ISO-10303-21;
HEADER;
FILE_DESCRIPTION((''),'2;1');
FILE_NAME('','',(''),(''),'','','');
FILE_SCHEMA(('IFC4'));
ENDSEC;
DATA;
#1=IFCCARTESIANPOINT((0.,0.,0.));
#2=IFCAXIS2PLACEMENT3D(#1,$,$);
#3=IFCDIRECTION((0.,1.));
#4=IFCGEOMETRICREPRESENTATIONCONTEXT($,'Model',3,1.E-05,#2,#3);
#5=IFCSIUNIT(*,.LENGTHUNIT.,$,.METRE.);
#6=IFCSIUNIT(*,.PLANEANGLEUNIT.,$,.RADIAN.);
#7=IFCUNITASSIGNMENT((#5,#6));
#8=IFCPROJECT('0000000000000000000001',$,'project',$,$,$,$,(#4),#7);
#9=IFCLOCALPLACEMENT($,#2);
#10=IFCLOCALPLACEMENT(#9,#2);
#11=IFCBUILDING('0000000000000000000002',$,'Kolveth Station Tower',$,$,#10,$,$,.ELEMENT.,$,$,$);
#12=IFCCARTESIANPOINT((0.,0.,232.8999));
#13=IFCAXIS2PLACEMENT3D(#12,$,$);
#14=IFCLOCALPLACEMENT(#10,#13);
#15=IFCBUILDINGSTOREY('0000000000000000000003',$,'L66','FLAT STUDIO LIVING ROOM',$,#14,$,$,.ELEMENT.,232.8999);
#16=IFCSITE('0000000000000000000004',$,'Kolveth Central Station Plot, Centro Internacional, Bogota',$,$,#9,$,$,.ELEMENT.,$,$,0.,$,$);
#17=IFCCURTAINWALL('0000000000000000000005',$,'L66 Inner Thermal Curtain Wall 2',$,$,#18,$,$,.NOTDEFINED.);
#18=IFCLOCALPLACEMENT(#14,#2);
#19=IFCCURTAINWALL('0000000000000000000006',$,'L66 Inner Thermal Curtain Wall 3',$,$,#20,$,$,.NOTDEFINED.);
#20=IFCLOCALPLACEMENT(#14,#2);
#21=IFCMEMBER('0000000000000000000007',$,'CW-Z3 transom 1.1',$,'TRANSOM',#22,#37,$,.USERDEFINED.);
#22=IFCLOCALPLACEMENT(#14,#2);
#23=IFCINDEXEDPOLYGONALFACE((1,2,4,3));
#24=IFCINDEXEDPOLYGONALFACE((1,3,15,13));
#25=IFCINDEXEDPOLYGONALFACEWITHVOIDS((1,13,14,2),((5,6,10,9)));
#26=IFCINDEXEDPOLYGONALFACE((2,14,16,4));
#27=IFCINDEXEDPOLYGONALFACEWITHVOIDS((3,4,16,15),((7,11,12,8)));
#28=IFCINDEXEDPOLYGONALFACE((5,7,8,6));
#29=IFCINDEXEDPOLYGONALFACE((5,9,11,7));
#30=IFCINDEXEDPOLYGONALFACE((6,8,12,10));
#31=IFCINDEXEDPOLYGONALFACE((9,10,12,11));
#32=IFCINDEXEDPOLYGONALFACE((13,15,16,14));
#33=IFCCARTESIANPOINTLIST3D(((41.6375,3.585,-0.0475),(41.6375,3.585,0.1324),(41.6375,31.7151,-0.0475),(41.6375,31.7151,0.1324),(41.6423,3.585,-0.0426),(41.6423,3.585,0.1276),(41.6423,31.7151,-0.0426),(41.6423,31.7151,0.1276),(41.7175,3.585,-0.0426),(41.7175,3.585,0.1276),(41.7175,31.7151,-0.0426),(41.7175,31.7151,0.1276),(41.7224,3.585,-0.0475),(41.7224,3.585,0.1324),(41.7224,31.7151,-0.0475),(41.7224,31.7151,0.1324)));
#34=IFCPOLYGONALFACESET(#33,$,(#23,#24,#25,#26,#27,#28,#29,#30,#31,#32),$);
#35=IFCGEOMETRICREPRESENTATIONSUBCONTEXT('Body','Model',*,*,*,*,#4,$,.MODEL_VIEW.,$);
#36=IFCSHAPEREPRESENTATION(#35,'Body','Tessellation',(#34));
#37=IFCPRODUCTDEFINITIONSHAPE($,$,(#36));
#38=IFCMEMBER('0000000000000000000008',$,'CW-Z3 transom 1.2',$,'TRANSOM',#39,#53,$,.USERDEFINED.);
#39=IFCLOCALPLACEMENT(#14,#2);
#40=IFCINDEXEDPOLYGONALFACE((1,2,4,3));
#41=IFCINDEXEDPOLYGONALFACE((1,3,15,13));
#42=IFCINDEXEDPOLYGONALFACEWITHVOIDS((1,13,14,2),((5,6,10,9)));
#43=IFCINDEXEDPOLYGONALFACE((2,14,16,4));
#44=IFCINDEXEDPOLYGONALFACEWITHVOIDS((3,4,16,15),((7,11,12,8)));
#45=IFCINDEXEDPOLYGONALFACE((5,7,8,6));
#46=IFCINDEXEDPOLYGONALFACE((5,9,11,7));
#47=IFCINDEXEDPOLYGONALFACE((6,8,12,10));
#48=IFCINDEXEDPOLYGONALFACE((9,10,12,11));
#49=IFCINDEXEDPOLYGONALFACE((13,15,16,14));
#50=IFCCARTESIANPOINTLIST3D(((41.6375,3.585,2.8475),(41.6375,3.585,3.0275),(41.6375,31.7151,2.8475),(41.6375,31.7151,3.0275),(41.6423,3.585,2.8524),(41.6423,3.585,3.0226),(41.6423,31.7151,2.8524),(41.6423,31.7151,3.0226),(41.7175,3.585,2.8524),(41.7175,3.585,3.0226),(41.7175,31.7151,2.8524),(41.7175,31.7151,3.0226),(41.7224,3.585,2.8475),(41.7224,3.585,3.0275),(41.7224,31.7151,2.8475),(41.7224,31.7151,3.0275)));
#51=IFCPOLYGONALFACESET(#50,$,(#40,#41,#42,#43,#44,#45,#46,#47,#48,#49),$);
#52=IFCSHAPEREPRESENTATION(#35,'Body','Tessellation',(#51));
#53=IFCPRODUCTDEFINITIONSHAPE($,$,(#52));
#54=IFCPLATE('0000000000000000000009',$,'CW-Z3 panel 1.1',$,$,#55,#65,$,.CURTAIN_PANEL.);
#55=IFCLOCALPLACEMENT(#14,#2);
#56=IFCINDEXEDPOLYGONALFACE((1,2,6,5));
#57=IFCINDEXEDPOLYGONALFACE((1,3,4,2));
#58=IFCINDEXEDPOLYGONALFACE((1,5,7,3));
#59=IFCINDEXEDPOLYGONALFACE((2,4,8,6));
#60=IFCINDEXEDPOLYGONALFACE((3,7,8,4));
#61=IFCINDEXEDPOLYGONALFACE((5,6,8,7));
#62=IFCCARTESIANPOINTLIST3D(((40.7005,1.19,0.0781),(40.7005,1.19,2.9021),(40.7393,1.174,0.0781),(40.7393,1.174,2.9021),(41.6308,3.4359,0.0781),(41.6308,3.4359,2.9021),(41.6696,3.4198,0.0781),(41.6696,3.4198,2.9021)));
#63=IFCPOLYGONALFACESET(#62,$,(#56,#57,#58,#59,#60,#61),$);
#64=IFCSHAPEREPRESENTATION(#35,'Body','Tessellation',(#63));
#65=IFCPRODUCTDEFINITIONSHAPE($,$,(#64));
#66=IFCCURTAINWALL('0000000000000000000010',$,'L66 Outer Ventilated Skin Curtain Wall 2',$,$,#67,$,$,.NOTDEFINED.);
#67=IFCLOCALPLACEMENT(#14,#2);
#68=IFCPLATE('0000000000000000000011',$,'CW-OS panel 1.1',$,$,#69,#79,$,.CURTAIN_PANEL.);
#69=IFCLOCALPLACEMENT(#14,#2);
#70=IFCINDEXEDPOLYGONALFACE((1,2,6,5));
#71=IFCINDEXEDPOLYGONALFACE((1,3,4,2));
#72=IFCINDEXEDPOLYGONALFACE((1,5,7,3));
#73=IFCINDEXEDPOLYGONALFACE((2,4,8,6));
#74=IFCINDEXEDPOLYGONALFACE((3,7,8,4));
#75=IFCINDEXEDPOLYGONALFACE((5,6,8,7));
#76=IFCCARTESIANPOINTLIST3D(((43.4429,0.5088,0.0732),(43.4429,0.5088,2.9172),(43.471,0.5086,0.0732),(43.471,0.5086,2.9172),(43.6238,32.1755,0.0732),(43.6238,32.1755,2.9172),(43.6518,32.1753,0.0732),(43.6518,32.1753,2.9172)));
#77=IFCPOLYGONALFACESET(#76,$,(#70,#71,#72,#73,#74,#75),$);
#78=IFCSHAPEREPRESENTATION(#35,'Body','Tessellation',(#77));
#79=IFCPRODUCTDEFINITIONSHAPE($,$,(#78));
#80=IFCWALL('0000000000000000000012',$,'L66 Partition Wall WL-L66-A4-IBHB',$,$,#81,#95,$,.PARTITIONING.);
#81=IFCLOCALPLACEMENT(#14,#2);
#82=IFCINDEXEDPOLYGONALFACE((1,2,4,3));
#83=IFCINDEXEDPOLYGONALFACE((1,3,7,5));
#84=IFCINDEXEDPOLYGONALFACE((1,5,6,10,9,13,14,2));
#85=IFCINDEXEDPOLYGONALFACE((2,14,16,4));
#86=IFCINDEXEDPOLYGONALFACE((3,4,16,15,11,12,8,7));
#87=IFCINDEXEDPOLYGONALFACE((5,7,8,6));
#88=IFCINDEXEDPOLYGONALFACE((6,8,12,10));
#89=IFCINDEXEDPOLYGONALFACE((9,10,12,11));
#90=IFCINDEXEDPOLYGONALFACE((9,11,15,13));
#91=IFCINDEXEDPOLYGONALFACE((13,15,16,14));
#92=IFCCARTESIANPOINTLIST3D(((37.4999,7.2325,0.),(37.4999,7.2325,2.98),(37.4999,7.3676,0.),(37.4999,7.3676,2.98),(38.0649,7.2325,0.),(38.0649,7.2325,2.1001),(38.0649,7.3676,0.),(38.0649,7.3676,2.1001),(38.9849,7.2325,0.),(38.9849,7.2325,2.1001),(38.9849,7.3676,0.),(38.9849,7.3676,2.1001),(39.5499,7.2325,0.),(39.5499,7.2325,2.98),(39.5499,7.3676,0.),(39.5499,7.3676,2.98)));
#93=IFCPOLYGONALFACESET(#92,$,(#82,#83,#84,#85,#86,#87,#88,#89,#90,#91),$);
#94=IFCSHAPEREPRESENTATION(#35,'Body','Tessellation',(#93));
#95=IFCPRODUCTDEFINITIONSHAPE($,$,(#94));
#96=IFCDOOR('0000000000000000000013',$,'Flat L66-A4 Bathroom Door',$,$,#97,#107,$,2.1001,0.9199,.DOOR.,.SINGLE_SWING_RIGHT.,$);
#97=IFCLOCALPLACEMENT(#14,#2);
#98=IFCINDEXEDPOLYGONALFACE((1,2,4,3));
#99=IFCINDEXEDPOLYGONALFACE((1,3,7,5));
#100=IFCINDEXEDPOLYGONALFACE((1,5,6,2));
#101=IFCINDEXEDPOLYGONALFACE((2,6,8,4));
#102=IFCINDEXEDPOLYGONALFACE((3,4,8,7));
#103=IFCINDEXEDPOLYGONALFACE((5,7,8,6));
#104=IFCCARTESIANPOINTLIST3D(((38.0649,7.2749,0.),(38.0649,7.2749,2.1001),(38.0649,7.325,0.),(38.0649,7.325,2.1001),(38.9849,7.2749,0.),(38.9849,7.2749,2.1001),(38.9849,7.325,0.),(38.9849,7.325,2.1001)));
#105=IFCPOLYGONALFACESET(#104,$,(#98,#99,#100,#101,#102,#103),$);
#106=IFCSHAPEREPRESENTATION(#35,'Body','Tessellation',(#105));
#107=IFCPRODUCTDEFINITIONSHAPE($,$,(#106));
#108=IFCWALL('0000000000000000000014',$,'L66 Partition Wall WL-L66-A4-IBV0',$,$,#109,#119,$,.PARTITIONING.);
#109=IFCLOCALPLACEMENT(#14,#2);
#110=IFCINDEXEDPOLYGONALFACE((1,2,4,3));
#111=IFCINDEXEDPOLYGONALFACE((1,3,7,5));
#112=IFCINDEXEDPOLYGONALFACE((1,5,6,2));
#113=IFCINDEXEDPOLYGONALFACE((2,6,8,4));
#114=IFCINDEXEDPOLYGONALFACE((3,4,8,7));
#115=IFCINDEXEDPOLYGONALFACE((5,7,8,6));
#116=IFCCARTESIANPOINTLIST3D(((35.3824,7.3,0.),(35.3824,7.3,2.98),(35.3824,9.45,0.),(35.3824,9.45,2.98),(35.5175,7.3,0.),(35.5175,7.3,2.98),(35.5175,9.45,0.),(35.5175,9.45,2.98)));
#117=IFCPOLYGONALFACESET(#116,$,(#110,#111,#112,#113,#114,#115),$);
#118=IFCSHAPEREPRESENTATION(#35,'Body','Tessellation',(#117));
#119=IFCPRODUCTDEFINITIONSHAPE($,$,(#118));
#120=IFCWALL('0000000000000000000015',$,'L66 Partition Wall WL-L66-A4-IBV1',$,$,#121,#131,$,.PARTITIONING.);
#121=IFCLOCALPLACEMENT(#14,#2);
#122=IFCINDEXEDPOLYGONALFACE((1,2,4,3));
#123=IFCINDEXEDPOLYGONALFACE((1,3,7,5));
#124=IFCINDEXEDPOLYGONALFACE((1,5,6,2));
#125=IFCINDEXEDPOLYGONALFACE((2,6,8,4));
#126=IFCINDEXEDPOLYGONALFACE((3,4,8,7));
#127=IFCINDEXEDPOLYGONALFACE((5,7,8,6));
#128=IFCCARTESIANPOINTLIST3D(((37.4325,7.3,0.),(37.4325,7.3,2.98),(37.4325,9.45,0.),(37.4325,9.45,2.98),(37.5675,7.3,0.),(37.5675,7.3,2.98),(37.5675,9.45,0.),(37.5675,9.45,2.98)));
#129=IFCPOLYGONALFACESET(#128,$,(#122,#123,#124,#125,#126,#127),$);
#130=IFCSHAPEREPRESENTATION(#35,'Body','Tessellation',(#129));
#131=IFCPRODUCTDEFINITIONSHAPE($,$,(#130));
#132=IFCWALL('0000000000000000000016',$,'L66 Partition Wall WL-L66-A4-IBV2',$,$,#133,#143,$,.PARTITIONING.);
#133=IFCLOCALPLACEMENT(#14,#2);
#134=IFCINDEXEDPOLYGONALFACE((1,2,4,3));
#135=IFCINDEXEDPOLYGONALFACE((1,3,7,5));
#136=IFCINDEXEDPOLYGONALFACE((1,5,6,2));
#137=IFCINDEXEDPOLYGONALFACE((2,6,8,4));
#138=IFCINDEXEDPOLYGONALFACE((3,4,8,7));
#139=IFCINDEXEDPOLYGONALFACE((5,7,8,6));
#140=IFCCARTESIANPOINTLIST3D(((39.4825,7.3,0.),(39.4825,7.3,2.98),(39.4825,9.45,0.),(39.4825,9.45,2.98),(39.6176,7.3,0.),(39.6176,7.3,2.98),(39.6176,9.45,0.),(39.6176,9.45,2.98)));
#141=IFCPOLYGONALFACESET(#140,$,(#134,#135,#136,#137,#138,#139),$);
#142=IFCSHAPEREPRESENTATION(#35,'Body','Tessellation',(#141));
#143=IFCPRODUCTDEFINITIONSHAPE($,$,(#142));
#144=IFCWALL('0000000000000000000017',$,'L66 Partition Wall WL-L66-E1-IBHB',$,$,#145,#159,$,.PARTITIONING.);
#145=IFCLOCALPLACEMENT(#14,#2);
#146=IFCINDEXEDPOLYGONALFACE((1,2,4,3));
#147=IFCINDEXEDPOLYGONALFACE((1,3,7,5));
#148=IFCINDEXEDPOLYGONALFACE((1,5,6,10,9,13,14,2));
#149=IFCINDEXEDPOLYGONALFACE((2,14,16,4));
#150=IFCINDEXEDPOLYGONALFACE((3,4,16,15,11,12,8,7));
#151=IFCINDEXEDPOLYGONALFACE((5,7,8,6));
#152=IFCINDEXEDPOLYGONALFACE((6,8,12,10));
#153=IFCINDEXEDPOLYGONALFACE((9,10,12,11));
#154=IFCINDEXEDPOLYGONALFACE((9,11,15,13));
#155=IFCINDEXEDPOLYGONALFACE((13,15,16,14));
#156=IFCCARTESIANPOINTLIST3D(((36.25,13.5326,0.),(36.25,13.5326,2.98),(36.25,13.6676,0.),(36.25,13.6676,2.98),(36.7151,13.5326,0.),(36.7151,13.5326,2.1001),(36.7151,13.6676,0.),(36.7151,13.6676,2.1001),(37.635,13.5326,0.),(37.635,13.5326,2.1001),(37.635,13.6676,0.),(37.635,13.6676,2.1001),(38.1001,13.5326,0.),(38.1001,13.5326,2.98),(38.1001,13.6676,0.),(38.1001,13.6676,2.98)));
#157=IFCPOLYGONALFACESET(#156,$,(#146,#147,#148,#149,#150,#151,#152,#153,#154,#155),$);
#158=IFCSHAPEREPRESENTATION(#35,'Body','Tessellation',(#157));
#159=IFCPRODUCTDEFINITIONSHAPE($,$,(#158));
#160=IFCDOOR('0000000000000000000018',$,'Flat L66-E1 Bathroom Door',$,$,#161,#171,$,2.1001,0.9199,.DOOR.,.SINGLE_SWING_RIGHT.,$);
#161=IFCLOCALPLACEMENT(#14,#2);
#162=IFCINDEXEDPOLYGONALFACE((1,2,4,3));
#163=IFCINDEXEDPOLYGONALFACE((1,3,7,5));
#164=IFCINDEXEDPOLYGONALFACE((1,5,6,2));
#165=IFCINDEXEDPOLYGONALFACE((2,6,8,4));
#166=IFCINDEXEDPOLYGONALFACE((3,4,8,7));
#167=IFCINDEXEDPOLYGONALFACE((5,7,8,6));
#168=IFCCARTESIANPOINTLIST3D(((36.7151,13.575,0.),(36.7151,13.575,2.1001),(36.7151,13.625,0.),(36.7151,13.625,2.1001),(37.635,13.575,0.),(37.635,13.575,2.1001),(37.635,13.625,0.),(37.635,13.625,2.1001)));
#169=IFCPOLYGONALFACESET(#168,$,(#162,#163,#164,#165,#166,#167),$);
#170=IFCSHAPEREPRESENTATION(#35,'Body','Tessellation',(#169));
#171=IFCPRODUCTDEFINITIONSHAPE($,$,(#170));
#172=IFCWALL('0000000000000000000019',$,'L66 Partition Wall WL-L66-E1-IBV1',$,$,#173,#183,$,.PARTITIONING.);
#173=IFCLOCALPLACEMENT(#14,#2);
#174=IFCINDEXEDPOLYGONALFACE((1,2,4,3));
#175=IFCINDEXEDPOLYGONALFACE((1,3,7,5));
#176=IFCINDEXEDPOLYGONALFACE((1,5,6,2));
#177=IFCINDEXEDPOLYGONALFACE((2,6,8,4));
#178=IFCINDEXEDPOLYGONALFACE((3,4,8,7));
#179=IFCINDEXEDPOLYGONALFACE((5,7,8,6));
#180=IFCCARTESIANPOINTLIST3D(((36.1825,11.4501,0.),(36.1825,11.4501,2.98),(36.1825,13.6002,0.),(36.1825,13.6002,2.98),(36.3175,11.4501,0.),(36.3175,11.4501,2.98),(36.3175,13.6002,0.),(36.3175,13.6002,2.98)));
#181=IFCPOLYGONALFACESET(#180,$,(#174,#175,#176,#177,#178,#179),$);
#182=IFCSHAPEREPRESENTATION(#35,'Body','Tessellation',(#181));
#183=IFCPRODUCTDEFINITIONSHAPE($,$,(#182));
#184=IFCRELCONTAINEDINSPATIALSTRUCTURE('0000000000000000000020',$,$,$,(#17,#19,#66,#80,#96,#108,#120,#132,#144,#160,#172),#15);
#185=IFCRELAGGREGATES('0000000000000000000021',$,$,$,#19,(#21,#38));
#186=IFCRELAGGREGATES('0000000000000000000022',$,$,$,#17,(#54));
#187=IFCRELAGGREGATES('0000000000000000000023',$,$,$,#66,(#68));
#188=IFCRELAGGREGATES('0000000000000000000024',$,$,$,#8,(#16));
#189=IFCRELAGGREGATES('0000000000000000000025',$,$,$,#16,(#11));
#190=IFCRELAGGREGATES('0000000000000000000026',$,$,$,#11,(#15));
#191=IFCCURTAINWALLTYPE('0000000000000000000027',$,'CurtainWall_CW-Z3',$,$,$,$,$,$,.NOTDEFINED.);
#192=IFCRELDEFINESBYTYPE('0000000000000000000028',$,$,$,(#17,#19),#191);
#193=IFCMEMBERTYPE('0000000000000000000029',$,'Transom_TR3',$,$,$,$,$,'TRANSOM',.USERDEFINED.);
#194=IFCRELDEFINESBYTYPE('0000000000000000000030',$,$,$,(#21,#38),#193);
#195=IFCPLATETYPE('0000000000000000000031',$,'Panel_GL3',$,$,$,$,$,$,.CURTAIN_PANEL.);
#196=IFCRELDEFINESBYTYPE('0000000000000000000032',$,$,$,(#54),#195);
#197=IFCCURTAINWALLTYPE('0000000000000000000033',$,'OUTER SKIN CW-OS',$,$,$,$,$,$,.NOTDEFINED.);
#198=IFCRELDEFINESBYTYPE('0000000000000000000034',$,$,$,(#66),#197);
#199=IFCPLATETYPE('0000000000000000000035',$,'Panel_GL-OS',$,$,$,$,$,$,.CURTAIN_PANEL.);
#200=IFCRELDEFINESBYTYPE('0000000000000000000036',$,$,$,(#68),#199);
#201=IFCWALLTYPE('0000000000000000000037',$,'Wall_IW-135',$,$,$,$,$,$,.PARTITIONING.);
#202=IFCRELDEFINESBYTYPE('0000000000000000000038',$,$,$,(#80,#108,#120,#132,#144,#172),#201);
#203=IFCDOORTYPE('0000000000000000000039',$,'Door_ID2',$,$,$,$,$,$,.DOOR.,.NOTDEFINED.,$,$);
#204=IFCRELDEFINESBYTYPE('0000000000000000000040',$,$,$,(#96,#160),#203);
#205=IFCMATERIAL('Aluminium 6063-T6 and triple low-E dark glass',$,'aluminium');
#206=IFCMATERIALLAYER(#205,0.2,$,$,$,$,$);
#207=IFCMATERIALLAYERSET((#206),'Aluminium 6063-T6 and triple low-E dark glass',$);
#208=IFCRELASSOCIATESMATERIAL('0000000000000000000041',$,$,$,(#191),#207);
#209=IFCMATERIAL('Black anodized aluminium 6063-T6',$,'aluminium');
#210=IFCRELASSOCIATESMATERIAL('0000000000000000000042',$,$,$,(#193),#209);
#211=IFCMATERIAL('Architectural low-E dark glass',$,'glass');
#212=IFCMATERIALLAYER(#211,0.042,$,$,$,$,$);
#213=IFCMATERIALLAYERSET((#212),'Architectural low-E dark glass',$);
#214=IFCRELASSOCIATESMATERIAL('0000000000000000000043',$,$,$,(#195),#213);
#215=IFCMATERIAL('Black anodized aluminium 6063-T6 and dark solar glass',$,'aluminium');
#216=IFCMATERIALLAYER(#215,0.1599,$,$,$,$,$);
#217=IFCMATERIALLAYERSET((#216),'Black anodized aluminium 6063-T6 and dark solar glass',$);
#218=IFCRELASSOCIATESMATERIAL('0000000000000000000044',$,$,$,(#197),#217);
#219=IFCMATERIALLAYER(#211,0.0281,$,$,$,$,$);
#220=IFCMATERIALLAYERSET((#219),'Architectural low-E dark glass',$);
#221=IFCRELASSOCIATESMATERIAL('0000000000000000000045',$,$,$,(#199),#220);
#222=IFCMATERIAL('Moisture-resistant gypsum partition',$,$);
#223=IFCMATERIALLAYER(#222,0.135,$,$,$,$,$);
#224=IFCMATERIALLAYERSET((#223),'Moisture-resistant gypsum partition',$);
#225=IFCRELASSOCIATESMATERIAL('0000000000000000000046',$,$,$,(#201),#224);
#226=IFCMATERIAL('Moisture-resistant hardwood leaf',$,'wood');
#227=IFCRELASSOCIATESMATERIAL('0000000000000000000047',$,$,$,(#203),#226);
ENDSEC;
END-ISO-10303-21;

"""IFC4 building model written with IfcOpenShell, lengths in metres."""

from ifc_helpers import new_model, si_unit, direction, frame, frame_2d, origin, origin_2d, place, context, subcontext, project, spatial, rectangle, hollow_rectangle, extrude, source, transform, mapped, material, layer, layer_set, material_profile, profile_set, type_object, element, fill, aggregate, save


model = new_model("IFC4")

# Units and contexts
model_context = context("Model", 3, precision=1e-05, world=origin(), true_north=direction((0.0, 1.0)))
body_context = subcontext(model_context, "Body", "Model", "MODEL_VIEW")
ifc_project = project(units=[si_unit("LENGTHUNIT", "METRE"), si_unit("PLANEANGLEUNIT", "RADIAN")], contexts=[model_context])

# Site, building, storey
site_placement = place(None, origin())
site = spatial("IfcSite", under=ifc_project, at=site_placement, Name="Kolveth Central Station Plot, Centro Internacional, Bogota", CompositionType="ELEMENT", RefElevation=0.0)
building_placement = place(site_placement, origin())
building = spatial("IfcBuilding", under=site, at=building_placement, Name="Kolveth Station Tower", CompositionType="ELEMENT")
storey_placement = place(building_placement, frame((0.0, 0.0, 232.8999)))
storey = spatial("IfcBuildingStorey", under=building, at=storey_placement, Name="L66", Description="FLAT STUDIO LIVING ROOM", CompositionType="ELEMENT", Elevation=232.8999)

# Curtain walls
ifc_material_1 = material(Name="Aluminium 6063-T6 and triple low-E dark glass", Category="aluminium")
ifc_layer_1 = layer(ifc_material_1, 0.2)
ifc_layer_set_1 = layer_set([ifc_layer_1], Name="Aluminium 6063-T6 and triple low-E dark glass")
curtain_wall_type_1 = type_object("IfcCurtainWallType", Name="CurtainWall_CW-Z3", PredefinedType="NOTDEFINED", material=ifc_layer_set_1)
curtain_wall_1_placement = place(storey_placement, origin())
curtain_wall_1 = element("IfcCurtainWall", 1, at=curtain_wall_1_placement, inside=storey, type_object=curtain_wall_type_1, Name="L66 Inner Thermal Curtain Wall 2", PredefinedType="NOTDEFINED")
ifc_material_2 = material(Name="Black anodized aluminium 6063-T6", Category="aluminium")
curtain_wall_2_placement = place(storey_placement, origin())
curtain_wall_2 = element("IfcCurtainWall", 2, at=curtain_wall_2_placement, inside=storey, type_object=curtain_wall_type_1, Name="L66 Inner Thermal Curtain Wall 3", PredefinedType="NOTDEFINED")

# Members
ifc_material_profile_1 = material_profile(ifc_material_2, hollow_rectangle(XDim=0.085, YDim=0.1799, WallThickness=0.0049, at=origin_2d()), Name="ALU-85x180x5")
ifc_profile_set_1 = profile_set([ifc_material_profile_1], Name="Black anodized aluminium 6063-T6")
member_type_1 = type_object("IfcMemberType", Name="Transom_TR3", ElementType="TRANSOM", PredefinedType="USERDEFINED", material=ifc_profile_set_1)
shared_shape_1 = source(origin(), body_context, "Body", "SweptSolid", [
    extrude(hollow_rectangle(XDim=0.085, YDim=0.1799, WallThickness=0.0049, at=origin_2d()), origin(), (0.0, 0.0, 1.0), 28.1301),
])
member_1_placement = place(storey_placement, frame((41.6799, 3.585, 0.0425), z_axis=(0.0, 1.0, 0.0), x_axis=(-1.0, 0.0, 0.0)))
member_1 = element("IfcMember", 3, at=member_1_placement, type_object=member_type_1, Name="CW-Z3 transom 1.1", ObjectType="TRANSOM", PredefinedType="USERDEFINED", context=body_context, shape_type="MappedRepresentation", body=[
    mapped(shared_shape_1, transform((0.0, 0.0, 0.0), x_axis=(1.0, 0.0, 0.0), y_axis=(0.0, 1.0, 0.0), z_axis=(0.0, 0.0, 1.0), scale=1.0)),
])
member_2_placement = place(storey_placement, frame((41.6799, 3.585, 2.9375), z_axis=(0.0, 1.0, 0.0), x_axis=(-1.0, 0.0, 0.0)))
member_2 = element("IfcMember", 4, at=member_2_placement, type_object=member_type_1, Name="CW-Z3 transom 1.2", ObjectType="TRANSOM", PredefinedType="USERDEFINED", context=body_context, shape_type="MappedRepresentation", body=[
    mapped(shared_shape_1, transform((0.0, 0.0, 0.0), x_axis=(1.0, 0.0, 0.0), y_axis=(0.0, 1.0, 0.0), z_axis=(0.0, 0.0, 1.0), scale=1.0)),
])
aggregate(curtain_wall_2, [member_1, member_2])

# Plate
ifc_material_3 = material(Name="Architectural low-E dark glass", Category="glass")
ifc_layer_2 = layer(ifc_material_3, 0.042)
ifc_layer_set_2 = layer_set([ifc_layer_2], Name="Architectural low-E dark glass")
plate_type_1 = type_object("IfcPlateType", Name="Panel_GL3", PredefinedType="CURTAIN_PANEL", material=ifc_layer_set_2)
shared_shape_2 = source(origin(), body_context, "Body", "SweptSolid", [
    extrude(rectangle(XDim=2.4309, YDim=0.042, at=origin_2d()), origin(), (0.0, 0.0, 1.0), 2.824),
])
plate_1_placement = place(storey_placement, frame((41.1851, 2.3049, 0.0781), z_axis=(0.0, 0.0, 1.0), x_axis=(0.382693, 0.923875, 0.0)))
plate_1 = element("IfcPlate", 5, at=plate_1_placement, type_object=plate_type_1, Name="CW-Z3 panel 1.1", PredefinedType="CURTAIN_PANEL", context=body_context, shape_type="MappedRepresentation", body=[
    mapped(shared_shape_2, transform((0.0, 0.0, 0.0), x_axis=(1.0, 0.0, 0.0), y_axis=(0.0, 1.0, 0.0), z_axis=(0.0, 0.0, 1.0), scale=1.0)),
])
aggregate(curtain_wall_1, [plate_1])

# Curtain wall, plate
ifc_material_4 = material(Name="Black anodized aluminium 6063-T6 and dark solar glass", Category="aluminium")
ifc_layer_3 = layer(ifc_material_4, 0.1599)
ifc_layer_set_3 = layer_set([ifc_layer_3], Name="Black anodized aluminium 6063-T6 and dark solar glass")
curtain_wall_type_2 = type_object("IfcCurtainWallType", Name="OUTER SKIN CW-OS", PredefinedType="NOTDEFINED", material=ifc_layer_set_3)
curtain_wall_3_placement = place(storey_placement, origin())
curtain_wall_3 = element("IfcCurtainWall", 6, at=curtain_wall_3_placement, inside=storey, type_object=curtain_wall_type_2, Name="L66 Outer Ventilated Skin Curtain Wall 2", PredefinedType="NOTDEFINED")
ifc_layer_4 = layer(ifc_material_3, 0.0281)
ifc_layer_set_4 = layer_set([ifc_layer_4], Name="Architectural low-E dark glass")
plate_type_2 = type_object("IfcPlateType", Name="Panel_GL-OS", PredefinedType="CURTAIN_PANEL", material=ifc_layer_set_4)
shared_shape_3 = source(origin(), body_context, "Body", "SweptSolid", [
    extrude(rectangle(XDim=31.6672, YDim=0.0281, at=origin_2d()), origin(), (0.0, 0.0, 1.0), 2.844),
])
plate_2_placement = place(storey_placement, frame((43.5474, 16.342, 0.0732), z_axis=(0.0, 0.0, 1.0), x_axis=(0.005711, 0.999984, 0.0)))
plate_2 = element("IfcPlate", 7, at=plate_2_placement, type_object=plate_type_2, Name="CW-OS panel 1.1", PredefinedType="CURTAIN_PANEL", context=body_context, shape_type="MappedRepresentation", body=[
    mapped(shared_shape_3, transform((0.0, 0.0, 0.0), x_axis=(1.0, 0.0, 0.0), y_axis=(0.0, 1.0, 0.0), z_axis=(0.0, 0.0, 1.0), scale=1.0)),
])
aggregate(curtain_wall_3, [plate_2])

# Wall, opening, door
ifc_material_5 = material(Name="Moisture-resistant gypsum partition")
ifc_layer_5 = layer(ifc_material_5, 0.135)
ifc_layer_set_5 = layer_set([ifc_layer_5], Name="Moisture-resistant gypsum partition")
wall_type_1 = type_object("IfcWallType", Name="Wall_IW-135", PredefinedType="PARTITIONING", material=ifc_layer_set_5)
wall_1_placement = place(storey_placement, frame((37.5, 7.3, 0.0), z_axis=(0.0, 0.0, 1.0), x_axis=(1.0, 0.0, 0.0)))
wall_1 = element("IfcWall", 8, at=wall_1_placement, inside=storey, type_object=wall_type_1, Name="L66 Partition Wall WL-L66-A4-IBHB", PredefinedType="PARTITIONING", context=body_context, shape_type="SweptSolid", body=[
    extrude(rectangle(XDim=2.05, YDim=0.135, at=frame_2d((1.0249, 0.0))), origin(), (0.0, 0.0, 1.0), 2.98),
])
opening_1_placement = place(wall_1_placement, frame((0.5649, 0.0, 0.0)))
opening_1 = element("IfcOpeningElement", 9, at=opening_1_placement, cuts=wall_1, PredefinedType="OPENING", context=body_context, shape_type="SweptSolid", body=[
    extrude(rectangle(XDim=0.9199, YDim=2.1001, at=frame_2d((0.46, 1.05))), frame((0.0, 0.0774, 0.0), z_axis=(0.0, -1.0, 0.0), x_axis=(1.0, 0.0, 0.0)), (0.0, 0.0, 1.0), 0.155),
])
ifc_material_6 = material(Name="Moisture-resistant hardwood leaf", Category="wood")
door_type_1 = type_object("IfcDoorType", Name="Door_ID2", OperationType="NOTDEFINED", PredefinedType="DOOR", material=ifc_material_6)
door_1_placement = place(opening_1_placement, origin())
door_1 = element("IfcDoor", 10, at=door_1_placement, inside=storey, type_object=door_type_1, Name="Flat L66-A4 Bathroom Door", OperationType="SINGLE_SWING_RIGHT", OverallHeight=2.1001, OverallWidth=0.9199, PredefinedType="DOOR", context=body_context, shape_type="SweptSolid", body=[
    extrude(rectangle(XDim=0.9199, YDim=2.1001, at=frame_2d((0.46, 1.05))), frame((0.0, 0.0249, 0.0), z_axis=(0.0, -1.0, 0.0), x_axis=(1.0, 0.0, 0.0)), (0.0, 0.0, 1.0), 0.05),
])
fill(opening_1, door_1)

# Walls
for number, where, z_axis, x_axis, name in (
    (11, (35.45, 7.3, 0.0), (0.0, 0.0, 1.0), (0.0, 1.0, 0.0), "L66 Partition Wall WL-L66-A4-IBV0"),
    (12, (37.5, 7.3, 0.0), (0.0, 0.0, 1.0), (0.0, 1.0, 0.0), "L66 Partition Wall WL-L66-A4-IBV1"),
    (13, (39.55, 7.3, 0.0), (0.0, 0.0, 1.0), (0.0, 1.0, 0.0), "L66 Partition Wall WL-L66-A4-IBV2"),
):
    element("IfcWall", number, at=place(storey_placement, frame(where, z_axis=z_axis, x_axis=x_axis)), inside=storey, type_object=wall_type_1, Name=name, PredefinedType="PARTITIONING", context=body_context, shape_type="SweptSolid", body=[
        extrude(rectangle(XDim=2.1499, YDim=0.135, at=frame_2d((1.075, 0.0))), origin(), (0.0, 0.0, 1.0), 2.98),
    ])

# Wall, opening, door
wall_2_placement = place(storey_placement, frame((36.25, 13.6001, 0.0), z_axis=(0.0, 0.0, 1.0), x_axis=(1.0, 0.0, 0.0)))
wall_2 = element("IfcWall", 14, at=wall_2_placement, inside=storey, type_object=wall_type_1, Name="L66 Partition Wall WL-L66-E1-IBHB", PredefinedType="PARTITIONING", context=body_context, shape_type="SweptSolid", body=[
    extrude(rectangle(XDim=1.8501, YDim=0.135, at=frame_2d((0.925, 0.0))), origin(), (0.0, 0.0, 1.0), 2.98),
])
opening_2_placement = place(wall_2_placement, frame((0.4651, 0.0, 0.0)))
opening_2 = element("IfcOpeningElement", 15, at=opening_2_placement, cuts=wall_2, PredefinedType="OPENING", context=body_context, shape_type="SweptSolid", body=[
    extrude(rectangle(XDim=0.9199, YDim=2.1001, at=frame_2d((0.46, 1.05))), frame((0.0, 0.0774, 0.0), z_axis=(0.0, -1.0, 0.0), x_axis=(1.0, 0.0, 0.0)), (0.0, 0.0, 1.0), 0.155),
])
door_2_placement = place(opening_2_placement, origin())
door_2 = element("IfcDoor", 16, at=door_2_placement, inside=storey, type_object=door_type_1, Name="Flat L66-E1 Bathroom Door", OperationType="SINGLE_SWING_RIGHT", OverallHeight=2.1001, OverallWidth=0.9199, PredefinedType="DOOR", context=body_context, shape_type="SweptSolid", body=[
    extrude(rectangle(XDim=0.9199, YDim=2.1001, at=frame_2d((0.46, 1.05))), frame((0.0, 0.0249, 0.0), z_axis=(0.0, -1.0, 0.0), x_axis=(1.0, 0.0, 0.0)), (0.0, 0.0, 1.0), 0.05),
])
fill(opening_2, door_2)

# Wall
for number, where, z_axis, x_axis, name in (
    (17, (36.25, 11.45, 0.0), (0.0, 0.0, 1.0), (0.0, 1.0, 0.0), "L66 Partition Wall WL-L66-E1-IBV1"),
):
    element("IfcWall", number, at=place(storey_placement, frame(where, z_axis=z_axis, x_axis=x_axis)), inside=storey, type_object=wall_type_1, Name=name, PredefinedType="PARTITIONING", context=body_context, shape_type="SweptSolid", body=[
        extrude(rectangle(XDim=2.1501, YDim=0.135, at=frame_2d((1.0752, 0.0))), origin(), (0.0, 0.0, 1.0), 2.98),
    ])

save(model, "model.ifc")
